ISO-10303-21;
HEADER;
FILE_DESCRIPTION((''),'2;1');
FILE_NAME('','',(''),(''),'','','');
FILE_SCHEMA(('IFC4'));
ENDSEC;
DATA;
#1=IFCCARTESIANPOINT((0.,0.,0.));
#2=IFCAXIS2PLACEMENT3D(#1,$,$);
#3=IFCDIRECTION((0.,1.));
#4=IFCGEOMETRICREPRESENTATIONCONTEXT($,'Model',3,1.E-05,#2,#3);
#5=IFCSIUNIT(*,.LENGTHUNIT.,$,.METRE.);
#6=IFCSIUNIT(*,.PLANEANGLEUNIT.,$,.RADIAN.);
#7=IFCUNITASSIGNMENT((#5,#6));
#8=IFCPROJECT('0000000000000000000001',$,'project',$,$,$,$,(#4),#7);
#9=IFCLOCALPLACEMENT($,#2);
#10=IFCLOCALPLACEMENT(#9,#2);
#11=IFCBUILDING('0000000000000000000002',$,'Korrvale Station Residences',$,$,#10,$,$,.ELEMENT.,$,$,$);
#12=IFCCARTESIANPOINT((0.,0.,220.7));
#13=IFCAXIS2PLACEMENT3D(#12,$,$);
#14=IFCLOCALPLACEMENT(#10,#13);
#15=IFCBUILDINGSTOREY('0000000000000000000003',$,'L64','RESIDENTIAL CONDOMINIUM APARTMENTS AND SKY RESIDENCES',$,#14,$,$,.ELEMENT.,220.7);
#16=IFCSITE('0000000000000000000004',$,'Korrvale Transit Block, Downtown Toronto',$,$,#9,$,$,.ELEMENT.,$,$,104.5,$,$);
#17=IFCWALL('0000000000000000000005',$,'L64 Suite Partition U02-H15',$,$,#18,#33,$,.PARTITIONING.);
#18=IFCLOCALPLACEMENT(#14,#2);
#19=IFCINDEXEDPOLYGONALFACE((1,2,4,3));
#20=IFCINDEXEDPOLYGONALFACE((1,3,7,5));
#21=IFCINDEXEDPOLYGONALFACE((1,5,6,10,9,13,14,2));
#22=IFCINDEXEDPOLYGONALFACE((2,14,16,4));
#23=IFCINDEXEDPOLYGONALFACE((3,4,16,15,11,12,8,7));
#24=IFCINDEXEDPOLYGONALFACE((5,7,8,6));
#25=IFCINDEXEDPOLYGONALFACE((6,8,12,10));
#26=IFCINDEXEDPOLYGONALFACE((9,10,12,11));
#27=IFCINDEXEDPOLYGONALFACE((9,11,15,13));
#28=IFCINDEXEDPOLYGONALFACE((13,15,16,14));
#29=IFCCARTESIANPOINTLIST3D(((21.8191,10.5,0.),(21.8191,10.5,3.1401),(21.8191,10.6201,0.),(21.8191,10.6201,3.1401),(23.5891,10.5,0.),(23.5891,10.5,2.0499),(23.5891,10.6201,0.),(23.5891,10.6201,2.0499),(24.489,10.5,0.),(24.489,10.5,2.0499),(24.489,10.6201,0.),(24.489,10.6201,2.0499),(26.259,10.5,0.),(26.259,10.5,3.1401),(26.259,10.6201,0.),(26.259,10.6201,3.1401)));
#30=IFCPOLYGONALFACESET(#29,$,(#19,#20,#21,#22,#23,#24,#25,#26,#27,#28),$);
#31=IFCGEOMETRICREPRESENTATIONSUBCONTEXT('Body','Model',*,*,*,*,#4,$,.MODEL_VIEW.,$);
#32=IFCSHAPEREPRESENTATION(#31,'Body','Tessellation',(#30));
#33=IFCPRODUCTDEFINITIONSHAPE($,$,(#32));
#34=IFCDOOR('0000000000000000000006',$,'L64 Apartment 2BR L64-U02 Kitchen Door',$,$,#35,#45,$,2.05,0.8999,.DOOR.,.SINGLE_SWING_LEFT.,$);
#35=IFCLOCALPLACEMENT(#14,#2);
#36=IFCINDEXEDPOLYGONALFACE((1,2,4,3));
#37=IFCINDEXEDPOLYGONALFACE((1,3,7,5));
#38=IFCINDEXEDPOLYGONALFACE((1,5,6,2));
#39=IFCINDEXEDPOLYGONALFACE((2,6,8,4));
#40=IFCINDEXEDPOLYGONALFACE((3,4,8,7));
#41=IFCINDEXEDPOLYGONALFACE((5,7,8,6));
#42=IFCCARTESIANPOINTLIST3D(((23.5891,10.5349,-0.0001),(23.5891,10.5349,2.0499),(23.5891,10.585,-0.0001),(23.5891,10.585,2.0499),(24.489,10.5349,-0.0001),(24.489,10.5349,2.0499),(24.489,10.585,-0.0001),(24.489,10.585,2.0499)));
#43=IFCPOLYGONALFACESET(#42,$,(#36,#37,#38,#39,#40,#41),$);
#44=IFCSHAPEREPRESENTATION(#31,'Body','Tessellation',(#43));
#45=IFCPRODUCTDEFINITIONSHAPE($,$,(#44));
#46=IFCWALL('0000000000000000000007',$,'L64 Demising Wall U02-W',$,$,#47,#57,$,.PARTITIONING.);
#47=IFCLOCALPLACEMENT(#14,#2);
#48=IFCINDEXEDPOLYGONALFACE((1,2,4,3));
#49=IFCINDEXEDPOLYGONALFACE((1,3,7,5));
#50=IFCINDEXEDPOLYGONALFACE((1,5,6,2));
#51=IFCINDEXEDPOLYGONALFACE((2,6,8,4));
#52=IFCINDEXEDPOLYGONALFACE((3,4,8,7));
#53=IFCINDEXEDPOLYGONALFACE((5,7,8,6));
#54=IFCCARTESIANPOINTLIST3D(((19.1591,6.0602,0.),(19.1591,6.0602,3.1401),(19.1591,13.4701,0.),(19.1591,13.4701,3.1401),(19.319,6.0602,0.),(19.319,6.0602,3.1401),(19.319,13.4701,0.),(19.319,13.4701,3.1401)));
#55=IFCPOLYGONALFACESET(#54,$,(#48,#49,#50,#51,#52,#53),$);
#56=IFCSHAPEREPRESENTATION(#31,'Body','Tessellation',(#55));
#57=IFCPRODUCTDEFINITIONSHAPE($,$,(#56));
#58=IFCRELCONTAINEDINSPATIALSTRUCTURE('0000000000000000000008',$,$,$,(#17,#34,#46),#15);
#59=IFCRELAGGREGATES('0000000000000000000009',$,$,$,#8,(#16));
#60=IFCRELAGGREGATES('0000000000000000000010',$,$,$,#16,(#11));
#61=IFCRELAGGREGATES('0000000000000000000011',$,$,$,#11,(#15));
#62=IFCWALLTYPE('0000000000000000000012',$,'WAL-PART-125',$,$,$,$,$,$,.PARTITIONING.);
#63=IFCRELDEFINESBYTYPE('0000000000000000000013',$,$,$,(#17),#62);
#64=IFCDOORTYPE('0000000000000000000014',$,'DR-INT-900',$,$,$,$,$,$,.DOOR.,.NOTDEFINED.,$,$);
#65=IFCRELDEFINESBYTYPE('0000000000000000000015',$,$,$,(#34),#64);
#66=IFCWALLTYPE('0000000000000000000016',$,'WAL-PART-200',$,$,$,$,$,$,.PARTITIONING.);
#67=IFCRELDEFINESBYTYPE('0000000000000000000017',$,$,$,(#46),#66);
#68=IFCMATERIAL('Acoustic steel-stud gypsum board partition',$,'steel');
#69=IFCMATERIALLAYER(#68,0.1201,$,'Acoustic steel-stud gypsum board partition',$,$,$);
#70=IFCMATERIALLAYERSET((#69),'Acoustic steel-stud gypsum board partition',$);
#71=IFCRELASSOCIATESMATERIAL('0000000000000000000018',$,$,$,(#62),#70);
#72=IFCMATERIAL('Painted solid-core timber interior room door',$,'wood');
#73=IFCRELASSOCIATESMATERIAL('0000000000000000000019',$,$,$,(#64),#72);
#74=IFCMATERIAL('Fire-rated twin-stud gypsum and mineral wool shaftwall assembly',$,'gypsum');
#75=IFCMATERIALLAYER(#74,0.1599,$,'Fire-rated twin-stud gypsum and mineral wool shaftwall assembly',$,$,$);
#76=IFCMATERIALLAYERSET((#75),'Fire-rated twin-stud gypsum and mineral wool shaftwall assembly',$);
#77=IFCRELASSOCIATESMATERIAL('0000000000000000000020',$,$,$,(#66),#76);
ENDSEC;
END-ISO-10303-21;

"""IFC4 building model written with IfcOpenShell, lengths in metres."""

from ifc_helpers import new_model, si_unit, direction, frame, frame_2d, origin, place, context, subcontext, project, spatial, rectangle, extrude, material, layer, layer_set, type_object, element, fill, save


model = new_model("IFC4")

# Units and contexts
model_context = context("Model", 3, precision=1e-05, world=origin(), true_north=direction((0.0, 1.0)))
body_context = subcontext(model_context, "Body", "Model", "MODEL_VIEW")
ifc_project = project(units=[si_unit("LENGTHUNIT", "METRE"), si_unit("PLANEANGLEUNIT", "RADIAN")], contexts=[model_context])

# Site, building, storey
site_placement = place(None, origin())
site = spatial("IfcSite", under=ifc_project, at=site_placement, Name="Korrvale Transit Block, Downtown Toronto", CompositionType="ELEMENT", RefElevation=104.5)
building_placement = place(site_placement, origin())
building = spatial("IfcBuilding", under=site, at=building_placement, Name="Korrvale Station Residences", CompositionType="ELEMENT")
storey_placement = place(building_placement, frame((0.0, 0.0, 220.7)))
storey = spatial("IfcBuildingStorey", under=building, at=storey_placement, Name="L64", Description="RESIDENTIAL CONDOMINIUM APARTMENTS AND SKY RESIDENCES", CompositionType="ELEMENT", Elevation=220.7)

# Shared definitions
ifc_material_1 = material(Name="Acoustic steel-stud gypsum board partition", Category="steel")
ifc_layer_1 = layer(ifc_material_1, 0.1201, Name="Acoustic steel-stud gypsum board partition")
ifc_layer_set_1 = layer_set([ifc_layer_1], Name="Acoustic steel-stud gypsum board partition")
wall_type_1 = type_object("IfcWallType", Name="WAL-PART-125", PredefinedType="PARTITIONING", material=ifc_layer_set_1)
ifc_material_2 = material(Name="Painted solid-core timber interior room door", Category="wood")
door_type_1 = type_object("IfcDoorType", Name="DR-INT-900", OperationType="NOTDEFINED", PredefinedType="DOOR", material=ifc_material_2)

# Wall, opening, door
wall_1_placement = place(storey_placement, frame((21.8191, 10.5601, 0.0), z_axis=(0.0, 0.0, 1.0), x_axis=(1.0, 0.0, 0.0)))
wall_1 = element("IfcWall", 1, at=wall_1_placement, inside=storey, type_object=wall_type_1, Name="L64 Suite Partition U02-H15", PredefinedType="PARTITIONING", context=body_context, shape_type="SweptSolid", body=[
    extrude(rectangle(XDim=4.4399, YDim=0.1201, at=frame_2d((2.22, 0.0))), origin(), (0.0, 0.0, 1.0), 3.1401),
])
opening_1_placement = place(wall_1_placement, frame((1.77, 0.0, 0.0)))
opening_1 = element("IfcOpeningElement", 2, at=opening_1_placement, cuts=wall_1, PredefinedType="OPENING", context=body_context, shape_type="SweptSolid", body=[
    extrude(rectangle(XDim=0.8999, YDim=2.05, at=frame_2d((0.45, 1.0249))), frame((0.0, 0.0701, 0.0), z_axis=(0.0, -1.0, 0.0), x_axis=(1.0, 0.0, 0.0)), (0.0, 0.0, 1.0), 0.1401),
])
door_1_placement = place(opening_1_placement, origin())
door_1 = element("IfcDoor", 3, at=door_1_placement, inside=storey, type_object=door_type_1, Name="L64 Apartment 2BR L64-U02 Kitchen Door", OperationType="SINGLE_SWING_LEFT", OverallHeight=2.05, OverallWidth=0.8999, PredefinedType="DOOR", context=body_context, shape_type="SweptSolid", body=[
    extrude(rectangle(XDim=0.8999, YDim=2.05, at=frame_2d((0.45, 1.0249))), frame((0.0, 0.0249, 0.0), z_axis=(0.0, -1.0, 0.0), x_axis=(1.0, 0.0, 0.0)), (0.0, 0.0, 1.0), 0.05),
])
fill(opening_1, door_1)

# Wall
ifc_material_3 = material(Name="Fire-rated twin-stud gypsum and mineral wool shaftwall assembly", Category="gypsum")
ifc_layer_2 = layer(ifc_material_3, 0.1599, Name="Fire-rated twin-stud gypsum and mineral wool shaftwall assembly")
ifc_layer_set_2 = layer_set([ifc_layer_2], Name="Fire-rated twin-stud gypsum and mineral wool shaftwall assembly")
wall_type_2 = type_object("IfcWallType", Name="WAL-PART-200", PredefinedType="PARTITIONING", material=ifc_layer_set_2)
wall_2_placement = place(storey_placement, frame((19.239, 6.0601, 0.0), z_axis=(0.0, 0.0, 1.0), x_axis=(0.0, 1.0, 0.0)))
element("IfcWall", 4, at=wall_2_placement, inside=storey, type_object=wall_type_2, Name="L64 Demising Wall U02-W", PredefinedType="PARTITIONING", context=body_context, shape_type="SweptSolid", body=[
    extrude(rectangle(XDim=7.4099, YDim=0.1599, at=frame_2d((3.7051, 0.0))), origin(), (0.0, 0.0, 1.0), 3.1401),
])

save(model, "model.ifc")
